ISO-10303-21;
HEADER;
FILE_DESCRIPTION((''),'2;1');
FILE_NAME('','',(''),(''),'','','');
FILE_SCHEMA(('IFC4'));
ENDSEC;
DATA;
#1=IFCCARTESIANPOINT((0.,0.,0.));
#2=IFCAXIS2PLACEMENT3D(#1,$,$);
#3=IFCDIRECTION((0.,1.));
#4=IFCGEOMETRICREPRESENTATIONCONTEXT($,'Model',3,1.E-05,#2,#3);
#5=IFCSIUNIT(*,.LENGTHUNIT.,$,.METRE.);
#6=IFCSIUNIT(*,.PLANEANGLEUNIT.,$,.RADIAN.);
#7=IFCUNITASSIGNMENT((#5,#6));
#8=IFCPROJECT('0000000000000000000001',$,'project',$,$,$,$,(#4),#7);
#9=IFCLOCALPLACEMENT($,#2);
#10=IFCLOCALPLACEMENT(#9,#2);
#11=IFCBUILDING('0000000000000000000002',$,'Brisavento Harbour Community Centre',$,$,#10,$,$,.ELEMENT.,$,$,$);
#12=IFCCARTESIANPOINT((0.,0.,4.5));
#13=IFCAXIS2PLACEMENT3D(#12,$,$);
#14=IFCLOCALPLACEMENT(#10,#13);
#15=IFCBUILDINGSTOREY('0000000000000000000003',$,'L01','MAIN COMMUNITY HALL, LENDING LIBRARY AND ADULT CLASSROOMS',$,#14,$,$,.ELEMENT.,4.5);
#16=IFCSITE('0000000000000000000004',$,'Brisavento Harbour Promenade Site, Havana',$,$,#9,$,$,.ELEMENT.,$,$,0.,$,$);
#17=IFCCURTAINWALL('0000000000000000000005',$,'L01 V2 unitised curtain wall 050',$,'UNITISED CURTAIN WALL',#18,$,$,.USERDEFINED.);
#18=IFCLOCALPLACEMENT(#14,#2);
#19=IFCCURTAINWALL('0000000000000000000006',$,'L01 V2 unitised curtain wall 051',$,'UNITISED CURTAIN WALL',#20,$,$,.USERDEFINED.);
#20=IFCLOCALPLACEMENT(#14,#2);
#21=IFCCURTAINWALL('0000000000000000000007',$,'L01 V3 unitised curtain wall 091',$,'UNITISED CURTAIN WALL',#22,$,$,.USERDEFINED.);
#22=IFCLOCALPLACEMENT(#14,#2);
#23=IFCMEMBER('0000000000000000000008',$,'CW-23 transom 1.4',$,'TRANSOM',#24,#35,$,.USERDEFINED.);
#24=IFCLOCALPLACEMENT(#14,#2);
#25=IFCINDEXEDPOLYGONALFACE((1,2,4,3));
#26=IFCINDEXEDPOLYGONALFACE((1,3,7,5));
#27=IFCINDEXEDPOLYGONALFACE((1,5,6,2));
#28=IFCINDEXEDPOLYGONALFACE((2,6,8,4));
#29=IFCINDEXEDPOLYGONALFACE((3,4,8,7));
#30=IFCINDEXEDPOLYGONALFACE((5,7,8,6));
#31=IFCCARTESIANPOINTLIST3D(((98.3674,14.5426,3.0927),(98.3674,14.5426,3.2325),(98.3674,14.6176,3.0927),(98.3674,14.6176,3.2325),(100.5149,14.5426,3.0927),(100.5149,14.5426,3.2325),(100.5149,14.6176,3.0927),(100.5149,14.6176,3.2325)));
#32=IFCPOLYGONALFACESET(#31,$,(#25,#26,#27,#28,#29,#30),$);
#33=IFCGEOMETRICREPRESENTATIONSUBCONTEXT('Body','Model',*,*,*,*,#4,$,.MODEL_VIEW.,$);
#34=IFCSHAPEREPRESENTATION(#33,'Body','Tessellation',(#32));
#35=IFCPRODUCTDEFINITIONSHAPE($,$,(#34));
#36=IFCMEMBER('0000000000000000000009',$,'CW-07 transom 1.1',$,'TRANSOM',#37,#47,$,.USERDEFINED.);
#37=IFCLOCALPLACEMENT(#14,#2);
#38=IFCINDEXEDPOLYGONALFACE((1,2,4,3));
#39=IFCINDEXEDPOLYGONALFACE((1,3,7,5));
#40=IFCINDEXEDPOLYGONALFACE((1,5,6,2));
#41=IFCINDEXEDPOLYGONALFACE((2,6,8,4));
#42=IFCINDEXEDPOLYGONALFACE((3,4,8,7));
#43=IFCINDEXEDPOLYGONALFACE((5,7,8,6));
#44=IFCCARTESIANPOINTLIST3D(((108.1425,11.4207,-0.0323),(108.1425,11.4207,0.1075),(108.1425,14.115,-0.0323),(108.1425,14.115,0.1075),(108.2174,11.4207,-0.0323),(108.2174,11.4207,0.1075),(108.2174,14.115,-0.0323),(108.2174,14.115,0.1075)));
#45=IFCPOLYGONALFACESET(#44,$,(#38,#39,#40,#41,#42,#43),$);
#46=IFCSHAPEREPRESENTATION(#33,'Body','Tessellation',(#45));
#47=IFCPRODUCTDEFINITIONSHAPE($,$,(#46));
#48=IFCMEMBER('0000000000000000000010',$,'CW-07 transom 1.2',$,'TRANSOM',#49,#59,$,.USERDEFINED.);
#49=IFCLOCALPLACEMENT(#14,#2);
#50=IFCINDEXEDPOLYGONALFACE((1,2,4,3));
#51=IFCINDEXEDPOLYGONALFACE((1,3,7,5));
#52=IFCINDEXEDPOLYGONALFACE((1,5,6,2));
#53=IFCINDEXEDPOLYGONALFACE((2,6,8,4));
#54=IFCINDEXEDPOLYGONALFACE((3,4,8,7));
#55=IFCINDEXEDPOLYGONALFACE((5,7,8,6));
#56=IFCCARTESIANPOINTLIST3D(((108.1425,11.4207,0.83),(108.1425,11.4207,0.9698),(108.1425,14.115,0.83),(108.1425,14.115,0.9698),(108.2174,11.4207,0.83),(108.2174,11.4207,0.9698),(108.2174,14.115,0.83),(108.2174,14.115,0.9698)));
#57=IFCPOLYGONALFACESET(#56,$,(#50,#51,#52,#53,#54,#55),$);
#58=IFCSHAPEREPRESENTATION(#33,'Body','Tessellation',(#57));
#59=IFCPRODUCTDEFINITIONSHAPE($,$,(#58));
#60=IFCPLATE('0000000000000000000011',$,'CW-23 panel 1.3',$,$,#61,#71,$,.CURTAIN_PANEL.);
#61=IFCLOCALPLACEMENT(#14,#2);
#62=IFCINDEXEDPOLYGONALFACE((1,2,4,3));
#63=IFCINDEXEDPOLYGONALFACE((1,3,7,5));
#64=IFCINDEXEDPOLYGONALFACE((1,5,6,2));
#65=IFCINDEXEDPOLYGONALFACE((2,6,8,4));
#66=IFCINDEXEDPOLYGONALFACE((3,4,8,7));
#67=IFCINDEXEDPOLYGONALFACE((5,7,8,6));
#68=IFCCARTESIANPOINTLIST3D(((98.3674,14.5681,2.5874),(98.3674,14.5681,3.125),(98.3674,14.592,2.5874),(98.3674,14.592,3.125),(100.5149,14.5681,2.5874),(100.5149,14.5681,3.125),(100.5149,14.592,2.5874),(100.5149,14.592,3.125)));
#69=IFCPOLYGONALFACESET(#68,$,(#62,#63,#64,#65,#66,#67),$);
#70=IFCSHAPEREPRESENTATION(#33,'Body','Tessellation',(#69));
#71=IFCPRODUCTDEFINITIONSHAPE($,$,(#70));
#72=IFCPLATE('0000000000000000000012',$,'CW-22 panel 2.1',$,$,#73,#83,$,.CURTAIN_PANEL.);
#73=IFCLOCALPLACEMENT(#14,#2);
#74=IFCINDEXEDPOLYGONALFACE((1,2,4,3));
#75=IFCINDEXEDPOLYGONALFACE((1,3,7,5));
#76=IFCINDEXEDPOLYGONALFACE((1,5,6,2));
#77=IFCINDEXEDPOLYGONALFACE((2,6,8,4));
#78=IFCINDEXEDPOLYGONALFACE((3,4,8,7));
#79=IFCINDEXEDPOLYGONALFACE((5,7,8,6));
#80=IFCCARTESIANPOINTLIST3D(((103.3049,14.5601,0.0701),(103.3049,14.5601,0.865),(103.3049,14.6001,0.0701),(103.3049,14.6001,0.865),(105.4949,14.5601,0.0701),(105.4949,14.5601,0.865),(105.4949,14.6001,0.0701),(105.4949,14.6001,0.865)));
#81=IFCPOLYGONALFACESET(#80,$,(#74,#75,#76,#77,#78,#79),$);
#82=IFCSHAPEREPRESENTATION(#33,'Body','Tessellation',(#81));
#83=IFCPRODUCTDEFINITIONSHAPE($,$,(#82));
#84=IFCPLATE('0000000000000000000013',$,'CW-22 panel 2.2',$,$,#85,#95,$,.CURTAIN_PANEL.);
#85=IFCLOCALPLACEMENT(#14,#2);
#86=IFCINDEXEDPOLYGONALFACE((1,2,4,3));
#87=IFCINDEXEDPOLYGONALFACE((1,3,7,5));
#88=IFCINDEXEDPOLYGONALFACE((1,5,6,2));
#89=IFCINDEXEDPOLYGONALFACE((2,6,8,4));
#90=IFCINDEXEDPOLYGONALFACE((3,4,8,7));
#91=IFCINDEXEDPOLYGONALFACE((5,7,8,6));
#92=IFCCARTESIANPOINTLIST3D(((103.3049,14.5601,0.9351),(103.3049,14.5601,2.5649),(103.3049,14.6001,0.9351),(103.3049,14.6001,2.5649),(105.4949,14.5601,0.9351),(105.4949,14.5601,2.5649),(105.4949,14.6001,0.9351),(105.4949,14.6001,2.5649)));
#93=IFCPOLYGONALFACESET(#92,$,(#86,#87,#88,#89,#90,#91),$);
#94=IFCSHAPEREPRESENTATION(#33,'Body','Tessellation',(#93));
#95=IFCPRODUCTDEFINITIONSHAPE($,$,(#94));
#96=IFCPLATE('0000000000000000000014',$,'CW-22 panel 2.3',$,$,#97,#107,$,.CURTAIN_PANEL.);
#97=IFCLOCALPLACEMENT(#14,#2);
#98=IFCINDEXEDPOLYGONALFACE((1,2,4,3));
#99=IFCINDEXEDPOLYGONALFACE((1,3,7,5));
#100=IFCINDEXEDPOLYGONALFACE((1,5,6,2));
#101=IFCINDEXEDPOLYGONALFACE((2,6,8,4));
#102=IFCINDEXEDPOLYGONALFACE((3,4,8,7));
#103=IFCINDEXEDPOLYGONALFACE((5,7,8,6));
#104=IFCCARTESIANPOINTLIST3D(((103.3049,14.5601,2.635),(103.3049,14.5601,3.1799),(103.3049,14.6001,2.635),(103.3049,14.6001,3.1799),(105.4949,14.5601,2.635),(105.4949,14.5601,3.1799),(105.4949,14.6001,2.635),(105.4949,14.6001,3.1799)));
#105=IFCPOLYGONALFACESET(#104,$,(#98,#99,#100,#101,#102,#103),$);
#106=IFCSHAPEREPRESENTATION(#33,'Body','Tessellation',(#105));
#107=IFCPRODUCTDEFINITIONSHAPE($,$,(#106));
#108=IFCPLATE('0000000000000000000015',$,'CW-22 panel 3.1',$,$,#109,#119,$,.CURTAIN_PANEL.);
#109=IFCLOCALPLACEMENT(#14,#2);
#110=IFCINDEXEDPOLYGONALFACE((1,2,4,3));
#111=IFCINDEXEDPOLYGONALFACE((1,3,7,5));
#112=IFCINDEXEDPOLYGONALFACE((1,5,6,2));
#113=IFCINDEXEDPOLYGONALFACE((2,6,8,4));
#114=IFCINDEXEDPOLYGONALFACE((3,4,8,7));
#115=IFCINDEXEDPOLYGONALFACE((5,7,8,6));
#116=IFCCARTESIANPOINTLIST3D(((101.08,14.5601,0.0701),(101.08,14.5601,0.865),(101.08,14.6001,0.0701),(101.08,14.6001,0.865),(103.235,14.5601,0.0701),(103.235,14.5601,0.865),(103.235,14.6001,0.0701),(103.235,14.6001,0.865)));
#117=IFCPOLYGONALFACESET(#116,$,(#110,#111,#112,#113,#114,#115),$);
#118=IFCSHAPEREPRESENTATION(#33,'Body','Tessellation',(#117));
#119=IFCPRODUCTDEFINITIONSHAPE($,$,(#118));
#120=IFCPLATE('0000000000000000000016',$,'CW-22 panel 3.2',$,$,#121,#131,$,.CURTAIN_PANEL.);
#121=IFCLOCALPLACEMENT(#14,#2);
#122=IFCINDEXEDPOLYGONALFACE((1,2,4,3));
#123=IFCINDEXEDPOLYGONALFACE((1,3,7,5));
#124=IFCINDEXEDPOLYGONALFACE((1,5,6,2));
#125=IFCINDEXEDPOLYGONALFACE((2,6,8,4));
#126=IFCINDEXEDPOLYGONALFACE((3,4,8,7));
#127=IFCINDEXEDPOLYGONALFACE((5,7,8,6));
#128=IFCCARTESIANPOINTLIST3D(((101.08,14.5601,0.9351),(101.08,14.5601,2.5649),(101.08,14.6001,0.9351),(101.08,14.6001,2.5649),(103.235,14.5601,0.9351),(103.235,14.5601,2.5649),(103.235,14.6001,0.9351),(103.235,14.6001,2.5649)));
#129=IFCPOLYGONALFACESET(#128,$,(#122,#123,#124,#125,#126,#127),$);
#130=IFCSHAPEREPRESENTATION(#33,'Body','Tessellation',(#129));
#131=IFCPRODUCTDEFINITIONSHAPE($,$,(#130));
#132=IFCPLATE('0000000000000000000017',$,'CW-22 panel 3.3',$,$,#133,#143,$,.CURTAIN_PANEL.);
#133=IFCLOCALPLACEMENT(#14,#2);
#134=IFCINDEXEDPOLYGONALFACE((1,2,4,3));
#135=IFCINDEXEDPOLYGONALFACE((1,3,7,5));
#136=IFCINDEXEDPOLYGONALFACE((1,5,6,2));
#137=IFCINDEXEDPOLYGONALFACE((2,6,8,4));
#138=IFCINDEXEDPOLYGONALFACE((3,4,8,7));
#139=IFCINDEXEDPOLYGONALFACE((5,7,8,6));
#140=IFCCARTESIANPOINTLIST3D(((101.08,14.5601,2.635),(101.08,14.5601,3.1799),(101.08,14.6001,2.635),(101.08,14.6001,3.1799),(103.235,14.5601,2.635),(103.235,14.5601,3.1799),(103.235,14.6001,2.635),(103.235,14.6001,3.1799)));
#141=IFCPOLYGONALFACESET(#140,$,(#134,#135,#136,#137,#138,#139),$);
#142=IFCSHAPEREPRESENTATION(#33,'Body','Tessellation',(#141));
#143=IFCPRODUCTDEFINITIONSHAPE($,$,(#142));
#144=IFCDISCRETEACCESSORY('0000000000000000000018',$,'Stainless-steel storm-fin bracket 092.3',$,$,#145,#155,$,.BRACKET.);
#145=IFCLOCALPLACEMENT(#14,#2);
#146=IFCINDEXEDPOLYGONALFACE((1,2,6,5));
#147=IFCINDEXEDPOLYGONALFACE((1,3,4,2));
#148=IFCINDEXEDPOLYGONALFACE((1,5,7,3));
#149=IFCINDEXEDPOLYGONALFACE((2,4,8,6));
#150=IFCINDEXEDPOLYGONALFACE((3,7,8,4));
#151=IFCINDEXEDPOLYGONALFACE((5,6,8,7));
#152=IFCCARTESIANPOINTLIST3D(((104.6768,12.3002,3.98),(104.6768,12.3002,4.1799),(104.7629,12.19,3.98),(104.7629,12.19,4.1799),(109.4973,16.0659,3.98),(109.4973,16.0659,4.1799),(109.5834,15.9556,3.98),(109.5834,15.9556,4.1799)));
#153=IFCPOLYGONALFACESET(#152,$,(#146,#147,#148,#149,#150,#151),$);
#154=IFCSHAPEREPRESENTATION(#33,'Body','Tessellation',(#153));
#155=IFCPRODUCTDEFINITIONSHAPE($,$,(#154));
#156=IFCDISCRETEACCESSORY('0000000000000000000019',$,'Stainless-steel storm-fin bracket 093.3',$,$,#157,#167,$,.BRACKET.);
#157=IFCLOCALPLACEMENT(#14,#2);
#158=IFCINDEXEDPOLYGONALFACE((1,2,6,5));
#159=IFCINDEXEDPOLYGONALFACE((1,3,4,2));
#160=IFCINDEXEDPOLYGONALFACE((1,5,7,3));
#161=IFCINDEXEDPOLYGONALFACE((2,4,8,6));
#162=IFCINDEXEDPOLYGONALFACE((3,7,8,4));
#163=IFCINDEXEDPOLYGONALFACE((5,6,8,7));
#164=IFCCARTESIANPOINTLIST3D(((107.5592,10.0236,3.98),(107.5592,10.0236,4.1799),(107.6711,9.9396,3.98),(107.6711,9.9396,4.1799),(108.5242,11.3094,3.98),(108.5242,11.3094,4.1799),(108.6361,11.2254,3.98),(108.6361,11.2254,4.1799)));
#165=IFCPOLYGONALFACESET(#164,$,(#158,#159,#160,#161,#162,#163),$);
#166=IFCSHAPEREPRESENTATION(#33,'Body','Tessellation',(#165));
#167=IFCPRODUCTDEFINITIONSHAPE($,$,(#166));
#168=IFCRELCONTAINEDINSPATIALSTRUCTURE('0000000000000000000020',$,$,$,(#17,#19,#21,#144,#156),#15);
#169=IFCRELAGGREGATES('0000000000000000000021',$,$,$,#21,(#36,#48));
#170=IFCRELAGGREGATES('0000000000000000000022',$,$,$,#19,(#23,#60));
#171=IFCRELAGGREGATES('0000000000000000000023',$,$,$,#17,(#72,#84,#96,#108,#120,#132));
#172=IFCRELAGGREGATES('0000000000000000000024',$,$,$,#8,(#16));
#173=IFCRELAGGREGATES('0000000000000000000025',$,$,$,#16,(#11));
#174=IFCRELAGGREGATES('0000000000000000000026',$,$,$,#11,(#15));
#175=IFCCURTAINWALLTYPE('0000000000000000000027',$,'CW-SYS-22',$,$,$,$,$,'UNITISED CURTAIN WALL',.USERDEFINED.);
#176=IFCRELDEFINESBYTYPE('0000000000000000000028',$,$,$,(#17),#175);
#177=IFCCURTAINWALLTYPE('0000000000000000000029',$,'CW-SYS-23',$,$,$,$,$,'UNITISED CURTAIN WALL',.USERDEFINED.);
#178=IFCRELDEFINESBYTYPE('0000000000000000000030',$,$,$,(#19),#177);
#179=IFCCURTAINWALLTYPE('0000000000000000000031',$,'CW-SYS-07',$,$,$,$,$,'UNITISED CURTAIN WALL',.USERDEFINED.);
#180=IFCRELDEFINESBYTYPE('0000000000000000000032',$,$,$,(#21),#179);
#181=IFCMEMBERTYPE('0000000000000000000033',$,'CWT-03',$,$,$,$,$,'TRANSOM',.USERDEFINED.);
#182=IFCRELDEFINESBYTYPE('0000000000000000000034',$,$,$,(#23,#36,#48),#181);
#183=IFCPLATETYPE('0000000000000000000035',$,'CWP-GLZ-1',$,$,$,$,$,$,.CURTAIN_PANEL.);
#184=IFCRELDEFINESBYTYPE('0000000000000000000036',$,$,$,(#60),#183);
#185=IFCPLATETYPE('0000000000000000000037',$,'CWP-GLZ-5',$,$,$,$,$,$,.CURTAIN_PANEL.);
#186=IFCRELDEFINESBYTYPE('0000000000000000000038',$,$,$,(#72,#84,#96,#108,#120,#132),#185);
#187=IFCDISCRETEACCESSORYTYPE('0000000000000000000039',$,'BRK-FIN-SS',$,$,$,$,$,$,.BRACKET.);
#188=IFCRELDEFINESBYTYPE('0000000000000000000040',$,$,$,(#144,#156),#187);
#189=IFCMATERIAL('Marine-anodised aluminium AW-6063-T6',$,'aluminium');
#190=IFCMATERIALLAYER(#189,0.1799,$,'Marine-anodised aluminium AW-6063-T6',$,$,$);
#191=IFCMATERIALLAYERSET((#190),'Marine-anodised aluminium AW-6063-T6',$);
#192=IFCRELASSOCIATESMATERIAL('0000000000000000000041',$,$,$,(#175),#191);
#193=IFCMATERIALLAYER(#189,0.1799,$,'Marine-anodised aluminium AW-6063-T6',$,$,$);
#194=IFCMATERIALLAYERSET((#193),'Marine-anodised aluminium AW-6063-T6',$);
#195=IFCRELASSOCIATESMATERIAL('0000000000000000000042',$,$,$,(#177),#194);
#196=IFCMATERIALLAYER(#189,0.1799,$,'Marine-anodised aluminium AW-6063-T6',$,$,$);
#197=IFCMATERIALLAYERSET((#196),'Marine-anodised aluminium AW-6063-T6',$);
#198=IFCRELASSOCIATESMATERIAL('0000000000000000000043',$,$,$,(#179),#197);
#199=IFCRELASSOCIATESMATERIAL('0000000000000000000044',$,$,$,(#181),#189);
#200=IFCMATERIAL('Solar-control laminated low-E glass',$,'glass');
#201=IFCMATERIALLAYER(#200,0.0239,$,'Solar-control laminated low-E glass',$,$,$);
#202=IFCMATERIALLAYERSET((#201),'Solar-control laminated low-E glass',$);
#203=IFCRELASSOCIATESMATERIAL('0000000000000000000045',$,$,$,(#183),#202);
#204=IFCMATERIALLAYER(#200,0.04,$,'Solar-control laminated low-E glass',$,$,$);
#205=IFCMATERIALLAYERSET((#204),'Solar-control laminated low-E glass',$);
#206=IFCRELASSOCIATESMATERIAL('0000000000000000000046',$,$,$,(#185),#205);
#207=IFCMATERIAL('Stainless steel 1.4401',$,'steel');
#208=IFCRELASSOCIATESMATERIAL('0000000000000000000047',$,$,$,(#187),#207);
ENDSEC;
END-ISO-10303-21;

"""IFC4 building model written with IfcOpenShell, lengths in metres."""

from ifc_helpers import new_model, si_unit, direction, frame, origin, origin_2d, place, context, subcontext, project, spatial, rectangle, extrude, material, layer, layer_set, material_profile, profile_set, type_object, element, aggregate, save


model = new_model("IFC4")

# Units and contexts
model_context = context("Model", 3, precision=1e-05, world=origin(), true_north=direction((0.0, 1.0)))
body_context = subcontext(model_context, "Body", "Model", "MODEL_VIEW")
ifc_project = project(units=[si_unit("LENGTHUNIT", "METRE"), si_unit("PLANEANGLEUNIT", "RADIAN")], contexts=[model_context])

# Site, building, storey
site_placement = place(None, origin())
site = spatial("IfcSite", under=ifc_project, at=site_placement, Name="Brisavento Harbour Promenade Site, Havana", CompositionType="ELEMENT", RefElevation=0.0)
building_placement = place(site_placement, origin())
building = spatial("IfcBuilding", under=site, at=building_placement, Name="Brisavento Harbour Community Centre", CompositionType="ELEMENT")
storey_placement = place(building_placement, frame((0.0, 0.0, 4.5)))
storey = spatial("IfcBuildingStorey", under=building, at=storey_placement, Name="L01", Description="MAIN COMMUNITY HALL, LENDING LIBRARY AND ADULT CLASSROOMS", CompositionType="ELEMENT", Elevation=4.5)

# Curtain wall
ifc_material_1 = material(Name="Marine-anodised aluminium AW-6063-T6", Category="aluminium")
ifc_layer_1 = layer(ifc_material_1, 0.1799, Name="Marine-anodised aluminium AW-6063-T6")
ifc_layer_set_1 = layer_set([ifc_layer_1], Name="Marine-anodised aluminium AW-6063-T6")
curtain_wall_type_1 = type_object("IfcCurtainWallType", Name="CW-SYS-22", ElementType="UNITISED CURTAIN WALL", PredefinedType="USERDEFINED", material=ifc_layer_set_1)
curtain_wall_1_placement = place(storey_placement, origin())
curtain_wall_1 = element("IfcCurtainWall", 1, at=curtain_wall_1_placement, inside=storey, type_object=curtain_wall_type_1, Name="L01 V2 unitised curtain wall 050", ObjectType="UNITISED CURTAIN WALL", PredefinedType="USERDEFINED")

# Curtain walls
ifc_layer_2 = layer(ifc_material_1, 0.1799, Name="Marine-anodised aluminium AW-6063-T6")
ifc_layer_set_2 = layer_set([ifc_layer_2], Name="Marine-anodised aluminium AW-6063-T6")
curtain_wall_type_2 = type_object("IfcCurtainWallType", Name="CW-SYS-23", ElementType="UNITISED CURTAIN WALL", PredefinedType="USERDEFINED", material=ifc_layer_set_2)
curtain_wall_2_placement = place(storey_placement, origin())
curtain_wall_2 = element("IfcCurtainWall", 2, at=curtain_wall_2_placement, inside=storey, type_object=curtain_wall_type_2, Name="L01 V2 unitised curtain wall 051", ObjectType="UNITISED CURTAIN WALL", PredefinedType="USERDEFINED")
ifc_layer_3 = layer(ifc_material_1, 0.1799, Name="Marine-anodised aluminium AW-6063-T6")
ifc_layer_set_3 = layer_set([ifc_layer_3], Name="Marine-anodised aluminium AW-6063-T6")
curtain_wall_type_3 = type_object("IfcCurtainWallType", Name="CW-SYS-07", ElementType="UNITISED CURTAIN WALL", PredefinedType="USERDEFINED", material=ifc_layer_set_3)
curtain_wall_3_placement = place(storey_placement, origin())
curtain_wall_3 = element("IfcCurtainWall", 3, at=curtain_wall_3_placement, inside=storey, type_object=curtain_wall_type_3, Name="L01 V3 unitised curtain wall 091", ObjectType="UNITISED CURTAIN WALL", PredefinedType="USERDEFINED")

# Members
ifc_material_profile_1 = material_profile(ifc_material_1, rectangle(XDim=0.075, YDim=0.1399, at=origin_2d()), Name="Marine-anodised aluminium AW-6063-T6")
ifc_profile_set_1 = profile_set([ifc_material_profile_1], Name="Marine-anodised aluminium AW-6063-T6")
member_type_1 = type_object("IfcMemberType", Name="CWT-03", ElementType="TRANSOM", PredefinedType="USERDEFINED", material=ifc_profile_set_1)
member_1_placement = place(storey_placement, frame((100.5149, 14.5801, 3.1626), z_axis=(-1.0, 0.0, 0.0), x_axis=(0.0, -1.0, 0.0)))
member_1 = element("IfcMember", 4, at=member_1_placement, type_object=member_type_1, Name="CW-23 transom 1.4", ObjectType="TRANSOM", PredefinedType="USERDEFINED", context=body_context, shape_type="SweptSolid", body=[
    extrude(rectangle(XDim=0.075, YDim=0.1399, at=origin_2d()), origin(), (0.0, 0.0, 1.0), 2.1475),
])
member_2_placement = place(storey_placement, frame((108.1799, 11.4207, 0.0376), z_axis=(0.0, 1.0, 0.0), x_axis=(-1.0, 0.0, 0.0)))
member_2 = element("IfcMember", 5, at=member_2_placement, type_object=member_type_1, Name="CW-07 transom 1.1", ObjectType="TRANSOM", PredefinedType="USERDEFINED", context=body_context, shape_type="SweptSolid", body=[
    extrude(rectangle(XDim=0.075, YDim=0.1399, at=origin_2d()), origin(), (0.0, 0.0, 1.0), 2.6943),
])
member_3_placement = place(storey_placement, frame((108.1799, 11.4207, 0.8999), z_axis=(0.0, 1.0, 0.0), x_axis=(-1.0, 0.0, 0.0)))
member_3 = element("IfcMember", 6, at=member_3_placement, type_object=member_type_1, Name="CW-07 transom 1.2", ObjectType="TRANSOM", PredefinedType="USERDEFINED", context=body_context, shape_type="SweptSolid", body=[
    extrude(rectangle(XDim=0.075, YDim=0.1399, at=origin_2d()), origin(), (0.0, 0.0, 1.0), 2.6943),
])
aggregate(curtain_wall_3, [member_2, member_3])

# Plates
ifc_material_2 = material(Name="Solar-control laminated low-E glass", Category="glass")
ifc_layer_4 = layer(ifc_material_2, 0.0239, Name="Solar-control laminated low-E glass")
ifc_layer_set_4 = layer_set([ifc_layer_4], Name="Solar-control laminated low-E glass")
plate_type_1 = type_object("IfcPlateType", Name="CWP-GLZ-1", PredefinedType="CURTAIN_PANEL", material=ifc_layer_set_4)
plate_1_placement = place(storey_placement, frame((99.4412, 14.5801, 2.5874), z_axis=(0.0, 0.0, 1.0), x_axis=(-1.0, 0.0, 0.0)))
plate_1 = element("IfcPlate", 7, at=plate_1_placement, type_object=plate_type_1, Name="CW-23 panel 1.3", PredefinedType="CURTAIN_PANEL", context=body_context, shape_type="SweptSolid", body=[
    extrude(rectangle(XDim=2.1475, YDim=0.0239, at=origin_2d()), origin(), (0.0, 0.0, 1.0), 0.5376),
])
aggregate(curtain_wall_2, [member_1, plate_1])
ifc_layer_5 = layer(ifc_material_2, 0.04, Name="Solar-control laminated low-E glass")
ifc_layer_set_5 = layer_set([ifc_layer_5], Name="Solar-control laminated low-E glass")
plate_type_2 = type_object("IfcPlateType", Name="CWP-GLZ-5", PredefinedType="CURTAIN_PANEL", material=ifc_layer_set_5)
plate_2_placement = place(storey_placement, frame((104.3999, 14.5801, 0.0701), z_axis=(0.0, 0.0, 1.0), x_axis=(-1.0, 0.0, 0.0)))
plate_2 = element("IfcPlate", 8, at=plate_2_placement, type_object=plate_type_2, Name="CW-22 panel 2.1", PredefinedType="CURTAIN_PANEL", context=body_context, shape_type="SweptSolid", body=[
    extrude(rectangle(XDim=2.1899, YDim=0.04, at=origin_2d()), origin(), (0.0, 0.0, 1.0), 0.7949),
])
plate_3_placement = place(storey_placement, frame((104.3999, 14.5801, 0.9351), z_axis=(0.0, 0.0, 1.0), x_axis=(-1.0, 0.0, 0.0)))
plate_3 = element("IfcPlate", 9, at=plate_3_placement, type_object=plate_type_2, Name="CW-22 panel 2.2", PredefinedType="CURTAIN_PANEL", context=body_context, shape_type="SweptSolid", body=[
    extrude(rectangle(XDim=2.1899, YDim=0.04, at=origin_2d()), origin(), (0.0, 0.0, 1.0), 1.6299),
])
plate_4_placement = place(storey_placement, frame((104.3999, 14.5801, 2.635), z_axis=(0.0, 0.0, 1.0), x_axis=(-1.0, 0.0, 0.0)))
plate_4 = element("IfcPlate", 10, at=plate_4_placement, type_object=plate_type_2, Name="CW-22 panel 2.3", PredefinedType="CURTAIN_PANEL", context=body_context, shape_type="SweptSolid", body=[
    extrude(rectangle(XDim=2.1899, YDim=0.04, at=origin_2d()), origin(), (0.0, 0.0, 1.0), 0.5449),
])
plate_5_placement = place(storey_placement, frame((102.1575, 14.5801, 0.0701), z_axis=(0.0, 0.0, 1.0), x_axis=(-1.0, 0.0, 0.0)))
plate_5 = element("IfcPlate", 11, at=plate_5_placement, type_object=plate_type_2, Name="CW-22 panel 3.1", PredefinedType="CURTAIN_PANEL", context=body_context, shape_type="SweptSolid", body=[
    extrude(rectangle(XDim=2.155, YDim=0.04, at=origin_2d()), origin(), (0.0, 0.0, 1.0), 0.7949),
])
plate_6_placement = place(storey_placement, frame((102.1575, 14.5801, 0.9351), z_axis=(0.0, 0.0, 1.0), x_axis=(-1.0, 0.0, 0.0)))
plate_6 = element("IfcPlate", 12, at=plate_6_placement, type_object=plate_type_2, Name="CW-22 panel 3.2", PredefinedType="CURTAIN_PANEL", context=body_context, shape_type="SweptSolid", body=[
    extrude(rectangle(XDim=2.155, YDim=0.04, at=origin_2d()), origin(), (0.0, 0.0, 1.0), 1.6299),
])
plate_7_placement = place(storey_placement, frame((102.1575, 14.5801, 2.635), z_axis=(0.0, 0.0, 1.0), x_axis=(-1.0, 0.0, 0.0)))
plate_7 = element("IfcPlate", 13, at=plate_7_placement, type_object=plate_type_2, Name="CW-22 panel 3.3", PredefinedType="CURTAIN_PANEL", context=body_context, shape_type="SweptSolid", body=[
    extrude(rectangle(XDim=2.155, YDim=0.04, at=origin_2d()), origin(), (0.0, 0.0, 1.0), 0.5449),
])
aggregate(curtain_wall_1, [plate_2, plate_3, plate_4, plate_5, plate_6, plate_7])

# Discrete accessories
ifc_material_3 = material(Name="Stainless steel 1.4401", Category="steel")
discrete_accessory_type = type_object("IfcDiscreteAccessoryType", Name="BRK-FIN-SS", PredefinedType="BRACKET", material=ifc_material_3)
discrete_accessory_1_placement = place(storey_placement, frame((107.1301, 14.1279, 3.98), z_axis=(0.0, 0.0, 1.0), x_axis=(-0.788054, -0.615606, 0.0)))
element("IfcDiscreteAccessory", 14, at=discrete_accessory_1_placement, inside=storey, type_object=discrete_accessory_type, Name="Stainless-steel storm-fin bracket 092.3", PredefinedType="BRACKET", context=body_context, shape_type="SweptSolid", body=[
    extrude(rectangle(XDim=6.1169, YDim=0.1399, at=origin_2d()), origin(), (0.0, 0.0, 1.0), 0.2),
])
discrete_accessory_2_placement = place(storey_placement, frame((108.0977, 10.6245, 3.98), z_axis=(0.0, 0.0, 1.0), x_axis=(-0.600253, -0.79981, 0.0)))
element("IfcDiscreteAccessory", 15, at=discrete_accessory_2_placement, inside=storey, type_object=discrete_accessory_type, Name="Stainless-steel storm-fin bracket 093.3", PredefinedType="BRACKET", context=body_context, shape_type="SweptSolid", body=[
    extrude(rectangle(XDim=1.6077, YDim=0.1399, at=origin_2d()), origin(), (0.0, 0.0, 1.0), 0.2),
])

save(model, "model.ifc")
